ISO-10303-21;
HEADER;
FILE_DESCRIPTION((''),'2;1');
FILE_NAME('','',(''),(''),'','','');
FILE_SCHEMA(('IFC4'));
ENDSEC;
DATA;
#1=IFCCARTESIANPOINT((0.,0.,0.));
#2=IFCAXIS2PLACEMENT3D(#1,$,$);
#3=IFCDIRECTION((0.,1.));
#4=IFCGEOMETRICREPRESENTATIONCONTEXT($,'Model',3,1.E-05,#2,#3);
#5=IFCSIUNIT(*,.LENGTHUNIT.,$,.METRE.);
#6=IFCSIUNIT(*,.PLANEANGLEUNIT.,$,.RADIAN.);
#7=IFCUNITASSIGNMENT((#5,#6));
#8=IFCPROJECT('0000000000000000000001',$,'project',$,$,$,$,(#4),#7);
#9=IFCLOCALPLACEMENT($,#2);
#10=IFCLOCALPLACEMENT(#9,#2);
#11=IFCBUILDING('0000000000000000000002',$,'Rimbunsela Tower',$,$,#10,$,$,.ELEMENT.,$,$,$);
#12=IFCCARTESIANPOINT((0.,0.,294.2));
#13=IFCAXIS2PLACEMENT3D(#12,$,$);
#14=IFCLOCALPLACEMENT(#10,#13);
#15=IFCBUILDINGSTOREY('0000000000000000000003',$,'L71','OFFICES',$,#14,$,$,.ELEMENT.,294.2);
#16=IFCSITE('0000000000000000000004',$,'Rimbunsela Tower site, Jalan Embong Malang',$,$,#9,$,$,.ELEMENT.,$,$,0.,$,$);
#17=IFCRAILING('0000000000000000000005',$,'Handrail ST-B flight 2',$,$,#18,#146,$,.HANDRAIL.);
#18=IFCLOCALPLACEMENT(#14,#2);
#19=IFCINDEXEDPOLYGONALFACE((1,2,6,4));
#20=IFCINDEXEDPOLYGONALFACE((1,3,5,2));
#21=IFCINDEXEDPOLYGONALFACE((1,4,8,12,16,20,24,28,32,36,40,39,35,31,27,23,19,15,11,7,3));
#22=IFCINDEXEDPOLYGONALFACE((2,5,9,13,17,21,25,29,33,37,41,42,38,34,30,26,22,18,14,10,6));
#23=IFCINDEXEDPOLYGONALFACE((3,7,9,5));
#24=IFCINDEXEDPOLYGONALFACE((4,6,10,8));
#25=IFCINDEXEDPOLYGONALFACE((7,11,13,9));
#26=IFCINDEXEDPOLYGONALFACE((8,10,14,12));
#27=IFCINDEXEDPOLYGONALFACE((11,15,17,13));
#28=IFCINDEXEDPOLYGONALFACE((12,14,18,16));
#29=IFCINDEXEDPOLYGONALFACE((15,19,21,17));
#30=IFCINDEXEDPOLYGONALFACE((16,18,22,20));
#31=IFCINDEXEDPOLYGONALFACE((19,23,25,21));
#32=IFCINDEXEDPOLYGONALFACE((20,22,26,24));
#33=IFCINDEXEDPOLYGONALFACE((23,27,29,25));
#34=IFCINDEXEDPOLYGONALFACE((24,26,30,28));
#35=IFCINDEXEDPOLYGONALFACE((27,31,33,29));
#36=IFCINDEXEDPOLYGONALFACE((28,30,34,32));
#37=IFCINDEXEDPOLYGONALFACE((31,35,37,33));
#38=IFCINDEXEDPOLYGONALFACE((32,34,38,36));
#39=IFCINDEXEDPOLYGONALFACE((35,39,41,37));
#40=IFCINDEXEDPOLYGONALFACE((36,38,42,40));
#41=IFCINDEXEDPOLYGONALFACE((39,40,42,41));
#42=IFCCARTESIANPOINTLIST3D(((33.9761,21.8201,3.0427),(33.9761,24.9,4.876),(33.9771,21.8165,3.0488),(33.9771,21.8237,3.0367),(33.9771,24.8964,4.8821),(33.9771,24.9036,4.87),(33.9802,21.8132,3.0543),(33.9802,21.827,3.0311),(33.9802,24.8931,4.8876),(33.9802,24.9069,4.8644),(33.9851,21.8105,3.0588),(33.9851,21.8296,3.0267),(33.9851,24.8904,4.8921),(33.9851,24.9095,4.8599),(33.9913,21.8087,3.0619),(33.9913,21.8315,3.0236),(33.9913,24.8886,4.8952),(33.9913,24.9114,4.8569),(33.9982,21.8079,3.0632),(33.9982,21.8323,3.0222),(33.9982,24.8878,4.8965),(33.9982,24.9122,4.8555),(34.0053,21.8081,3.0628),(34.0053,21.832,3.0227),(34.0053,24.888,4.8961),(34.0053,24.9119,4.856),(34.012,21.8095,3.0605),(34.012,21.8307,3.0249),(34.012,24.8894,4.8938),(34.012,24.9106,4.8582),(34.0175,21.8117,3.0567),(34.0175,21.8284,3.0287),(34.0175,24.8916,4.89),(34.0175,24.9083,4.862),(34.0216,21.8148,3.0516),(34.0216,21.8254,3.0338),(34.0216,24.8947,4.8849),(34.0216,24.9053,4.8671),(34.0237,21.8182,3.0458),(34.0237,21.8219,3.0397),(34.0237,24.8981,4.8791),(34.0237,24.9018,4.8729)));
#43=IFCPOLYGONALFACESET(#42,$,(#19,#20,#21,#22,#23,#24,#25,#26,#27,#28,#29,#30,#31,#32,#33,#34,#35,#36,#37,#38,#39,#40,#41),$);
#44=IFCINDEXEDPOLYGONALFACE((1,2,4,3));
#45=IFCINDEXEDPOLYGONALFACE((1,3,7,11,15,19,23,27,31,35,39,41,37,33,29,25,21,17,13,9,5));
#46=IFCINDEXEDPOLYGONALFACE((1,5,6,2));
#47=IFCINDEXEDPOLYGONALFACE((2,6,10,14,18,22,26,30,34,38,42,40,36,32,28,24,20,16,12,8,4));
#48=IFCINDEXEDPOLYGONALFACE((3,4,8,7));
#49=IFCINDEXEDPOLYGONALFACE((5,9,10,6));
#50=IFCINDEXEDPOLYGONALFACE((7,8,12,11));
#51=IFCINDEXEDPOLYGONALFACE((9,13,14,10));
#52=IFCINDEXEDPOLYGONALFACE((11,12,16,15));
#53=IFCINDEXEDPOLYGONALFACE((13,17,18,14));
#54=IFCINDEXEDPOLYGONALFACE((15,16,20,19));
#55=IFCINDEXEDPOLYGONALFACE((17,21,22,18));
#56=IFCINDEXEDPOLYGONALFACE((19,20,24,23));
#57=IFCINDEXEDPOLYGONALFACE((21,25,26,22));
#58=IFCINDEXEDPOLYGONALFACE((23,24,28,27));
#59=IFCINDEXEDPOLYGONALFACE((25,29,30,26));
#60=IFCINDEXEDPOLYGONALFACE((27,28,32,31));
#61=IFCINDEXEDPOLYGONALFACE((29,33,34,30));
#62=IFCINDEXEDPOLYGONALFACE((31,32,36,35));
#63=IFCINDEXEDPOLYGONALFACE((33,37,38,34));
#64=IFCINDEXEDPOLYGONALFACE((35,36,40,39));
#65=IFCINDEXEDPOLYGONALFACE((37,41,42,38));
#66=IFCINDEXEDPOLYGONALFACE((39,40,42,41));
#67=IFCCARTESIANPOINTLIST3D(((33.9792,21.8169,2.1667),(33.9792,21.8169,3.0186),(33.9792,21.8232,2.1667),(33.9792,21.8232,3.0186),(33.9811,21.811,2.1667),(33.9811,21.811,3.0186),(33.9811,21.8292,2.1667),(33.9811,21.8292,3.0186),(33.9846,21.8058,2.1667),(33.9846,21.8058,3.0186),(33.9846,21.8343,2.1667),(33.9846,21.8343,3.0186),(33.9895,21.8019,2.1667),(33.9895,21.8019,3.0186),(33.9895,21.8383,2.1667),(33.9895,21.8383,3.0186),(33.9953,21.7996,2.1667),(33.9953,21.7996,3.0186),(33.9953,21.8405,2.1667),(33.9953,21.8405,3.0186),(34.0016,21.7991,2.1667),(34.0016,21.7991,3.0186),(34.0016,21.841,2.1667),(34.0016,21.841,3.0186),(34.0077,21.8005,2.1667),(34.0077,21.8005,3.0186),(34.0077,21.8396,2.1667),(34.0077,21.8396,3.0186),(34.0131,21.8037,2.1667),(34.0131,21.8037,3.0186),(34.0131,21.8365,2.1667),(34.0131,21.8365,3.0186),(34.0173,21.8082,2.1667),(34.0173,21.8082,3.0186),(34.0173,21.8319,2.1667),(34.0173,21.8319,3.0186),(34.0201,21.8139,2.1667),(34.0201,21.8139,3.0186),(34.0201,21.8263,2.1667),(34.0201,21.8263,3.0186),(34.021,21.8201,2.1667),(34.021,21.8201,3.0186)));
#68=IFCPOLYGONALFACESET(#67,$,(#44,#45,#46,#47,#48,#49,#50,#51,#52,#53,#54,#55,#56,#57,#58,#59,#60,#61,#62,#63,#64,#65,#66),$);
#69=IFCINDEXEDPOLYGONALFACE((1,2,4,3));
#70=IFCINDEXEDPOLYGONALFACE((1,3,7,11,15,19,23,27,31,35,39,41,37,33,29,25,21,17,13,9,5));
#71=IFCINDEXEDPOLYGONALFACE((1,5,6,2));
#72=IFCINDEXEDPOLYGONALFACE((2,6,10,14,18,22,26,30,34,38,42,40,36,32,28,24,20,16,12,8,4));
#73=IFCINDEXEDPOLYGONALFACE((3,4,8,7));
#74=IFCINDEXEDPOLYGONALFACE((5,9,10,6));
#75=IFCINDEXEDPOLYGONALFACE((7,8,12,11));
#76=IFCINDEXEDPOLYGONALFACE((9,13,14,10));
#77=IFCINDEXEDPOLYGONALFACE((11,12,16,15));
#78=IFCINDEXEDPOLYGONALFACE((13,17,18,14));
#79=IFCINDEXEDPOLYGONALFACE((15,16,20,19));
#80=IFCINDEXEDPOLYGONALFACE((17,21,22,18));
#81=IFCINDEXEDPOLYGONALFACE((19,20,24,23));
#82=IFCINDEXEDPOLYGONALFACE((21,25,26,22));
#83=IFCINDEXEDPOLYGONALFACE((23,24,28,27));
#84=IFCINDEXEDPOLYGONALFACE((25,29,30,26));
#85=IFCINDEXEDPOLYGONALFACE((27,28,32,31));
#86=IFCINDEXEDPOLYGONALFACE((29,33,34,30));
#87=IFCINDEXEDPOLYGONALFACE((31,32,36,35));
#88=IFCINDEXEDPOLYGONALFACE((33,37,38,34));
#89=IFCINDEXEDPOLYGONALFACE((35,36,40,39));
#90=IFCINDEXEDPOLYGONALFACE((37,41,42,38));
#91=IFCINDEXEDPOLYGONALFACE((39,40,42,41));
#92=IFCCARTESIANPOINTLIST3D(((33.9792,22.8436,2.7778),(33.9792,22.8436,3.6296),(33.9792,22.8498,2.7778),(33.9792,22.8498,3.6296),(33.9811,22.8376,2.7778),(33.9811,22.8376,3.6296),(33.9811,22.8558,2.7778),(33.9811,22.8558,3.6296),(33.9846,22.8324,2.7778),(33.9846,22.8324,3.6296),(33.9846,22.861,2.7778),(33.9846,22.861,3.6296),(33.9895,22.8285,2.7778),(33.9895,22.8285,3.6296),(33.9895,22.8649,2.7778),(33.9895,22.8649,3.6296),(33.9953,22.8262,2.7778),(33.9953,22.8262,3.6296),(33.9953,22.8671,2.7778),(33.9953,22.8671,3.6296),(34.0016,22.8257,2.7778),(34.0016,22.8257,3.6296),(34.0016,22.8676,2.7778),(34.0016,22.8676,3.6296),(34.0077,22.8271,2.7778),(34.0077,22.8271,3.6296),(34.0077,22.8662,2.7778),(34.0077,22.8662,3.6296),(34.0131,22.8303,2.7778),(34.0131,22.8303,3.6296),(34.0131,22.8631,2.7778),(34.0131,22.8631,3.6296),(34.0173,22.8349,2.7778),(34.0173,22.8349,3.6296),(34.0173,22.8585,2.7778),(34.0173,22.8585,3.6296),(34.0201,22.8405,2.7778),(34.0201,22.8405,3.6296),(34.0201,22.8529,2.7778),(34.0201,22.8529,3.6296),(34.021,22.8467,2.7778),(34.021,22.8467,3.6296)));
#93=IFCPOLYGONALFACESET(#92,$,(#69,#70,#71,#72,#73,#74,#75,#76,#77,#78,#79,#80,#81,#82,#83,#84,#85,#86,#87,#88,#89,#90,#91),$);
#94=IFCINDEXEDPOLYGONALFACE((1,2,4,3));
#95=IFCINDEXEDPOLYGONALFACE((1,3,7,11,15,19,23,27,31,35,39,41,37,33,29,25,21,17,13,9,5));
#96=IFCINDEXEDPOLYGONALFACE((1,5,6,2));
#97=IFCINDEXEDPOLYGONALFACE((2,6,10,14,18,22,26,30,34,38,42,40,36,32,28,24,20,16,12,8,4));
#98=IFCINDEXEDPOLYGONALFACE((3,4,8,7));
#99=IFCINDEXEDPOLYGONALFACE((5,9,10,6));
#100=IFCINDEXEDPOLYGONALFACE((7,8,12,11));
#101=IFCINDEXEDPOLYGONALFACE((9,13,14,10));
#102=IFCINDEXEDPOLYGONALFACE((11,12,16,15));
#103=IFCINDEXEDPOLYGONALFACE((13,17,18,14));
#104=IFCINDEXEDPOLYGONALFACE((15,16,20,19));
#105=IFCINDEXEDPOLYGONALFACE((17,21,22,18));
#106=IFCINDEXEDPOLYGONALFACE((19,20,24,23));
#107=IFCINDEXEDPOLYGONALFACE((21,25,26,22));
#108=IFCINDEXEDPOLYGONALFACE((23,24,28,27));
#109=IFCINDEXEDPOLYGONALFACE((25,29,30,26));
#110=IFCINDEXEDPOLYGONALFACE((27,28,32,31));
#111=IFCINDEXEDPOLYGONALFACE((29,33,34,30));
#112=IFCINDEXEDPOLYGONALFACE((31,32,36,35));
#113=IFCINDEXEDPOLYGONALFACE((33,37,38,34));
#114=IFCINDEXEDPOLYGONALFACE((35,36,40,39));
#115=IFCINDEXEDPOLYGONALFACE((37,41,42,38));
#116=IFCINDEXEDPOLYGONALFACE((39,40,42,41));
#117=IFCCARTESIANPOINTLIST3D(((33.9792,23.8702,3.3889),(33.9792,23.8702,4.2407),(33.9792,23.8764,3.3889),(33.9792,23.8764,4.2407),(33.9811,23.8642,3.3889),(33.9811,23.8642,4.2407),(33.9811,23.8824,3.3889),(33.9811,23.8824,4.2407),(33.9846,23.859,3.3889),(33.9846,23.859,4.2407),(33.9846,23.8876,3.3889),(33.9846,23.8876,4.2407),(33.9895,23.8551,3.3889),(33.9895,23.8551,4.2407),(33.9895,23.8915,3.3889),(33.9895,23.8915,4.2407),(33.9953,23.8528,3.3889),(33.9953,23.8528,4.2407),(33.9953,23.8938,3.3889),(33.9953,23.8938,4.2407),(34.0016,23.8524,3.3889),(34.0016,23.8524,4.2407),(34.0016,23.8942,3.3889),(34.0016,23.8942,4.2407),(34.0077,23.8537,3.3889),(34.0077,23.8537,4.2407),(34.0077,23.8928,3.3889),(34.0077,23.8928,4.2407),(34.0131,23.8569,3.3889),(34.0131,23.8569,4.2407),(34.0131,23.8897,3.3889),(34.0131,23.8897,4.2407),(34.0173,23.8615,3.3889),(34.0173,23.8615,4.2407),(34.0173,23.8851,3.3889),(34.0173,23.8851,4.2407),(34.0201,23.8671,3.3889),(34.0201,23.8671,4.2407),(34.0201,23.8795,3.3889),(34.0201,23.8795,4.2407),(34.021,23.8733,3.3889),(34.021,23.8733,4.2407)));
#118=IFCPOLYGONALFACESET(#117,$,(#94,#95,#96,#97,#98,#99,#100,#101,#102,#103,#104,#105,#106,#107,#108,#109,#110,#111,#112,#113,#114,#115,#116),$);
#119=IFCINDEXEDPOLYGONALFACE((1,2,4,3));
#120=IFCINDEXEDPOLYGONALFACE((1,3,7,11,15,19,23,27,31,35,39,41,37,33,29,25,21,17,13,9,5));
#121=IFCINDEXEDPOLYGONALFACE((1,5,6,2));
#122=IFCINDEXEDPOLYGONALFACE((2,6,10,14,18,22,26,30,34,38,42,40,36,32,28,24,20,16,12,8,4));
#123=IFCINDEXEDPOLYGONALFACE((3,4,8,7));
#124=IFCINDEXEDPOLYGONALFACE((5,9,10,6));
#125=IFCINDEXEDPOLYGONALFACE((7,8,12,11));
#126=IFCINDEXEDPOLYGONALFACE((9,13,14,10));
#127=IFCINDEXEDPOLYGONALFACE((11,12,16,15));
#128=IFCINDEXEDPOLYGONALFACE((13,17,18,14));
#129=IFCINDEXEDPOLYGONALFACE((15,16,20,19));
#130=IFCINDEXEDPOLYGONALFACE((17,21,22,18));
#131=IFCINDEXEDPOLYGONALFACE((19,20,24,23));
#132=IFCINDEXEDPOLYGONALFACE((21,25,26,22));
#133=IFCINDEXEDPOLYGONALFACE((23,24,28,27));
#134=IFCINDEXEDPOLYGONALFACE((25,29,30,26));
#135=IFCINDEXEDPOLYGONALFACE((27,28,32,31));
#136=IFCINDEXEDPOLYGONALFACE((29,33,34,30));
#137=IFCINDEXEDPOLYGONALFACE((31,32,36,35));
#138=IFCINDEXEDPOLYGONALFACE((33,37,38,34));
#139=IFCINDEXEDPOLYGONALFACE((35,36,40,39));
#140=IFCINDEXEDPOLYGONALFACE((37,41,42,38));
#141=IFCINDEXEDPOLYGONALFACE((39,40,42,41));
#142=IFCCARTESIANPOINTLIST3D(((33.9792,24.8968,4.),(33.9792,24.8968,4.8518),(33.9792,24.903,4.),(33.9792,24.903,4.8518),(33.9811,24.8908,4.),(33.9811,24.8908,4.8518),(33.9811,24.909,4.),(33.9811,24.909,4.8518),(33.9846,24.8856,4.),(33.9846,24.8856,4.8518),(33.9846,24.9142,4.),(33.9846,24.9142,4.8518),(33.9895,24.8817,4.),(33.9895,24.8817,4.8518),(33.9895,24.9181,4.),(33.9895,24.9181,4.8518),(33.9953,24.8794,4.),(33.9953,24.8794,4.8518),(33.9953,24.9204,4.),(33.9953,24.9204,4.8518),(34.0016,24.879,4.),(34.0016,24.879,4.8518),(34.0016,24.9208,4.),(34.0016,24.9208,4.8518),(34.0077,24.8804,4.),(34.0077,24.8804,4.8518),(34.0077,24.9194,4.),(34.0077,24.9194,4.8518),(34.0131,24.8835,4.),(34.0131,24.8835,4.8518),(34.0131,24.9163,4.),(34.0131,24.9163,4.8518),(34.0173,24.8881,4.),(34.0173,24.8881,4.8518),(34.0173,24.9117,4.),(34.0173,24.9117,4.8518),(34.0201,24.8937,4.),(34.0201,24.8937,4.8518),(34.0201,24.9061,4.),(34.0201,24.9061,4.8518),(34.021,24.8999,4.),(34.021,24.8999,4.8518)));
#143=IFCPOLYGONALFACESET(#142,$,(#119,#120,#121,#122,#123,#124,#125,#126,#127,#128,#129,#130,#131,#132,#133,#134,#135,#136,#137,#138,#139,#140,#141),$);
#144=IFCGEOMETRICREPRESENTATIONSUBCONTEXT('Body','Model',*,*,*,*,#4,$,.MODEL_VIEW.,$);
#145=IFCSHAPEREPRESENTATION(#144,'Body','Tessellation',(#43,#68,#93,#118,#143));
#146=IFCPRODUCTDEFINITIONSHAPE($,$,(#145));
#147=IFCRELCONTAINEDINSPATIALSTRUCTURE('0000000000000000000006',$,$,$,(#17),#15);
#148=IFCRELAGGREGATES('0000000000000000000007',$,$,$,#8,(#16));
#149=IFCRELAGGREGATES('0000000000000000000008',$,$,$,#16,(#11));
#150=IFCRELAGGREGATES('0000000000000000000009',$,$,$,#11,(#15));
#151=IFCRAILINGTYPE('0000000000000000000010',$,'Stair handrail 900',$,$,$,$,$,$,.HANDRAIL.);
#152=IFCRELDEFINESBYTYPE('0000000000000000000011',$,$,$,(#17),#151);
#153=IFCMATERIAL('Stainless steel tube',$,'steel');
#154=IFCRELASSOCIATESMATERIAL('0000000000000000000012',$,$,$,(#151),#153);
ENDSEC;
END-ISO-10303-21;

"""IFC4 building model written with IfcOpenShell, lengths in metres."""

from ifc_helpers import new_model, si_unit, direction, frame, origin, origin_2d, place, context, subcontext, project, spatial, circle, extrude, material, type_object, element, save


model = new_model("IFC4")

# Units and contexts
model_context = context("Model", 3, precision=1e-05, world=origin(), true_north=direction((0.0, 1.0)))
body_context = subcontext(model_context, "Body", "Model", "MODEL_VIEW")
ifc_project = project(units=[si_unit("LENGTHUNIT", "METRE"), si_unit("PLANEANGLEUNIT", "RADIAN")], contexts=[model_context])

# Site, building, storey
site_placement = place(None, origin())
site = spatial("IfcSite", under=ifc_project, at=site_placement, Name="Rimbunsela Tower site, Jalan Embong Malang", CompositionType="ELEMENT", RefElevation=0.0)
building_placement = place(site_placement, origin())
building = spatial("IfcBuilding", under=site, at=building_placement, Name="Rimbunsela Tower", CompositionType="ELEMENT")
storey_placement = place(building_placement, frame((0.0, 0.0, 294.2)))
storey = spatial("IfcBuildingStorey", under=building, at=storey_placement, Name="L71", Description="OFFICES", CompositionType="ELEMENT", Elevation=294.2)

# Railing
ifc_material_1 = material(Name="Stainless steel tube", Category="steel")
railing_type = type_object("IfcRailingType", Name="Stair handrail 900", PredefinedType="HANDRAIL", material=ifc_material_1)
for number, where, name in (
    (1, (34.0, 21.8201, 2.1667), "Handrail ST-B flight 2"),
):
    element("IfcRailing", number, at=place(storey_placement, frame(where)), inside=storey, type_object=railing_type, Name=name, PredefinedType="HANDRAIL", context=body_context, shape_type="SweptSolid", body=[
        extrude(circle(Radius=0.0239, at=origin_2d()), frame((0.0, 0.0, 0.876), z_axis=(0.0, 0.859291, 0.511487), x_axis=(-1.0, 0.0, 0.0)), (0.0, 0.0, 1.0), 3.5842),
        extrude(circle(Radius=0.021, at=origin_2d()), origin(), (0.0, 0.0, 1.0), 0.8518),
        extrude(circle(Radius=0.021, at=origin_2d()), frame((0.0, 1.0266, 0.6111)), (0.0, 0.0, 1.0), 0.8518),
        extrude(circle(Radius=0.021, at=origin_2d()), frame((0.0, 2.0532, 1.2222)), (0.0, 0.0, 1.0), 0.8518),
        extrude(circle(Radius=0.021, at=origin_2d()), frame((0.0, 3.0798, 1.8333)), (0.0, 0.0, 1.0), 0.8518),
    ])

save(model, "model.ifc")
